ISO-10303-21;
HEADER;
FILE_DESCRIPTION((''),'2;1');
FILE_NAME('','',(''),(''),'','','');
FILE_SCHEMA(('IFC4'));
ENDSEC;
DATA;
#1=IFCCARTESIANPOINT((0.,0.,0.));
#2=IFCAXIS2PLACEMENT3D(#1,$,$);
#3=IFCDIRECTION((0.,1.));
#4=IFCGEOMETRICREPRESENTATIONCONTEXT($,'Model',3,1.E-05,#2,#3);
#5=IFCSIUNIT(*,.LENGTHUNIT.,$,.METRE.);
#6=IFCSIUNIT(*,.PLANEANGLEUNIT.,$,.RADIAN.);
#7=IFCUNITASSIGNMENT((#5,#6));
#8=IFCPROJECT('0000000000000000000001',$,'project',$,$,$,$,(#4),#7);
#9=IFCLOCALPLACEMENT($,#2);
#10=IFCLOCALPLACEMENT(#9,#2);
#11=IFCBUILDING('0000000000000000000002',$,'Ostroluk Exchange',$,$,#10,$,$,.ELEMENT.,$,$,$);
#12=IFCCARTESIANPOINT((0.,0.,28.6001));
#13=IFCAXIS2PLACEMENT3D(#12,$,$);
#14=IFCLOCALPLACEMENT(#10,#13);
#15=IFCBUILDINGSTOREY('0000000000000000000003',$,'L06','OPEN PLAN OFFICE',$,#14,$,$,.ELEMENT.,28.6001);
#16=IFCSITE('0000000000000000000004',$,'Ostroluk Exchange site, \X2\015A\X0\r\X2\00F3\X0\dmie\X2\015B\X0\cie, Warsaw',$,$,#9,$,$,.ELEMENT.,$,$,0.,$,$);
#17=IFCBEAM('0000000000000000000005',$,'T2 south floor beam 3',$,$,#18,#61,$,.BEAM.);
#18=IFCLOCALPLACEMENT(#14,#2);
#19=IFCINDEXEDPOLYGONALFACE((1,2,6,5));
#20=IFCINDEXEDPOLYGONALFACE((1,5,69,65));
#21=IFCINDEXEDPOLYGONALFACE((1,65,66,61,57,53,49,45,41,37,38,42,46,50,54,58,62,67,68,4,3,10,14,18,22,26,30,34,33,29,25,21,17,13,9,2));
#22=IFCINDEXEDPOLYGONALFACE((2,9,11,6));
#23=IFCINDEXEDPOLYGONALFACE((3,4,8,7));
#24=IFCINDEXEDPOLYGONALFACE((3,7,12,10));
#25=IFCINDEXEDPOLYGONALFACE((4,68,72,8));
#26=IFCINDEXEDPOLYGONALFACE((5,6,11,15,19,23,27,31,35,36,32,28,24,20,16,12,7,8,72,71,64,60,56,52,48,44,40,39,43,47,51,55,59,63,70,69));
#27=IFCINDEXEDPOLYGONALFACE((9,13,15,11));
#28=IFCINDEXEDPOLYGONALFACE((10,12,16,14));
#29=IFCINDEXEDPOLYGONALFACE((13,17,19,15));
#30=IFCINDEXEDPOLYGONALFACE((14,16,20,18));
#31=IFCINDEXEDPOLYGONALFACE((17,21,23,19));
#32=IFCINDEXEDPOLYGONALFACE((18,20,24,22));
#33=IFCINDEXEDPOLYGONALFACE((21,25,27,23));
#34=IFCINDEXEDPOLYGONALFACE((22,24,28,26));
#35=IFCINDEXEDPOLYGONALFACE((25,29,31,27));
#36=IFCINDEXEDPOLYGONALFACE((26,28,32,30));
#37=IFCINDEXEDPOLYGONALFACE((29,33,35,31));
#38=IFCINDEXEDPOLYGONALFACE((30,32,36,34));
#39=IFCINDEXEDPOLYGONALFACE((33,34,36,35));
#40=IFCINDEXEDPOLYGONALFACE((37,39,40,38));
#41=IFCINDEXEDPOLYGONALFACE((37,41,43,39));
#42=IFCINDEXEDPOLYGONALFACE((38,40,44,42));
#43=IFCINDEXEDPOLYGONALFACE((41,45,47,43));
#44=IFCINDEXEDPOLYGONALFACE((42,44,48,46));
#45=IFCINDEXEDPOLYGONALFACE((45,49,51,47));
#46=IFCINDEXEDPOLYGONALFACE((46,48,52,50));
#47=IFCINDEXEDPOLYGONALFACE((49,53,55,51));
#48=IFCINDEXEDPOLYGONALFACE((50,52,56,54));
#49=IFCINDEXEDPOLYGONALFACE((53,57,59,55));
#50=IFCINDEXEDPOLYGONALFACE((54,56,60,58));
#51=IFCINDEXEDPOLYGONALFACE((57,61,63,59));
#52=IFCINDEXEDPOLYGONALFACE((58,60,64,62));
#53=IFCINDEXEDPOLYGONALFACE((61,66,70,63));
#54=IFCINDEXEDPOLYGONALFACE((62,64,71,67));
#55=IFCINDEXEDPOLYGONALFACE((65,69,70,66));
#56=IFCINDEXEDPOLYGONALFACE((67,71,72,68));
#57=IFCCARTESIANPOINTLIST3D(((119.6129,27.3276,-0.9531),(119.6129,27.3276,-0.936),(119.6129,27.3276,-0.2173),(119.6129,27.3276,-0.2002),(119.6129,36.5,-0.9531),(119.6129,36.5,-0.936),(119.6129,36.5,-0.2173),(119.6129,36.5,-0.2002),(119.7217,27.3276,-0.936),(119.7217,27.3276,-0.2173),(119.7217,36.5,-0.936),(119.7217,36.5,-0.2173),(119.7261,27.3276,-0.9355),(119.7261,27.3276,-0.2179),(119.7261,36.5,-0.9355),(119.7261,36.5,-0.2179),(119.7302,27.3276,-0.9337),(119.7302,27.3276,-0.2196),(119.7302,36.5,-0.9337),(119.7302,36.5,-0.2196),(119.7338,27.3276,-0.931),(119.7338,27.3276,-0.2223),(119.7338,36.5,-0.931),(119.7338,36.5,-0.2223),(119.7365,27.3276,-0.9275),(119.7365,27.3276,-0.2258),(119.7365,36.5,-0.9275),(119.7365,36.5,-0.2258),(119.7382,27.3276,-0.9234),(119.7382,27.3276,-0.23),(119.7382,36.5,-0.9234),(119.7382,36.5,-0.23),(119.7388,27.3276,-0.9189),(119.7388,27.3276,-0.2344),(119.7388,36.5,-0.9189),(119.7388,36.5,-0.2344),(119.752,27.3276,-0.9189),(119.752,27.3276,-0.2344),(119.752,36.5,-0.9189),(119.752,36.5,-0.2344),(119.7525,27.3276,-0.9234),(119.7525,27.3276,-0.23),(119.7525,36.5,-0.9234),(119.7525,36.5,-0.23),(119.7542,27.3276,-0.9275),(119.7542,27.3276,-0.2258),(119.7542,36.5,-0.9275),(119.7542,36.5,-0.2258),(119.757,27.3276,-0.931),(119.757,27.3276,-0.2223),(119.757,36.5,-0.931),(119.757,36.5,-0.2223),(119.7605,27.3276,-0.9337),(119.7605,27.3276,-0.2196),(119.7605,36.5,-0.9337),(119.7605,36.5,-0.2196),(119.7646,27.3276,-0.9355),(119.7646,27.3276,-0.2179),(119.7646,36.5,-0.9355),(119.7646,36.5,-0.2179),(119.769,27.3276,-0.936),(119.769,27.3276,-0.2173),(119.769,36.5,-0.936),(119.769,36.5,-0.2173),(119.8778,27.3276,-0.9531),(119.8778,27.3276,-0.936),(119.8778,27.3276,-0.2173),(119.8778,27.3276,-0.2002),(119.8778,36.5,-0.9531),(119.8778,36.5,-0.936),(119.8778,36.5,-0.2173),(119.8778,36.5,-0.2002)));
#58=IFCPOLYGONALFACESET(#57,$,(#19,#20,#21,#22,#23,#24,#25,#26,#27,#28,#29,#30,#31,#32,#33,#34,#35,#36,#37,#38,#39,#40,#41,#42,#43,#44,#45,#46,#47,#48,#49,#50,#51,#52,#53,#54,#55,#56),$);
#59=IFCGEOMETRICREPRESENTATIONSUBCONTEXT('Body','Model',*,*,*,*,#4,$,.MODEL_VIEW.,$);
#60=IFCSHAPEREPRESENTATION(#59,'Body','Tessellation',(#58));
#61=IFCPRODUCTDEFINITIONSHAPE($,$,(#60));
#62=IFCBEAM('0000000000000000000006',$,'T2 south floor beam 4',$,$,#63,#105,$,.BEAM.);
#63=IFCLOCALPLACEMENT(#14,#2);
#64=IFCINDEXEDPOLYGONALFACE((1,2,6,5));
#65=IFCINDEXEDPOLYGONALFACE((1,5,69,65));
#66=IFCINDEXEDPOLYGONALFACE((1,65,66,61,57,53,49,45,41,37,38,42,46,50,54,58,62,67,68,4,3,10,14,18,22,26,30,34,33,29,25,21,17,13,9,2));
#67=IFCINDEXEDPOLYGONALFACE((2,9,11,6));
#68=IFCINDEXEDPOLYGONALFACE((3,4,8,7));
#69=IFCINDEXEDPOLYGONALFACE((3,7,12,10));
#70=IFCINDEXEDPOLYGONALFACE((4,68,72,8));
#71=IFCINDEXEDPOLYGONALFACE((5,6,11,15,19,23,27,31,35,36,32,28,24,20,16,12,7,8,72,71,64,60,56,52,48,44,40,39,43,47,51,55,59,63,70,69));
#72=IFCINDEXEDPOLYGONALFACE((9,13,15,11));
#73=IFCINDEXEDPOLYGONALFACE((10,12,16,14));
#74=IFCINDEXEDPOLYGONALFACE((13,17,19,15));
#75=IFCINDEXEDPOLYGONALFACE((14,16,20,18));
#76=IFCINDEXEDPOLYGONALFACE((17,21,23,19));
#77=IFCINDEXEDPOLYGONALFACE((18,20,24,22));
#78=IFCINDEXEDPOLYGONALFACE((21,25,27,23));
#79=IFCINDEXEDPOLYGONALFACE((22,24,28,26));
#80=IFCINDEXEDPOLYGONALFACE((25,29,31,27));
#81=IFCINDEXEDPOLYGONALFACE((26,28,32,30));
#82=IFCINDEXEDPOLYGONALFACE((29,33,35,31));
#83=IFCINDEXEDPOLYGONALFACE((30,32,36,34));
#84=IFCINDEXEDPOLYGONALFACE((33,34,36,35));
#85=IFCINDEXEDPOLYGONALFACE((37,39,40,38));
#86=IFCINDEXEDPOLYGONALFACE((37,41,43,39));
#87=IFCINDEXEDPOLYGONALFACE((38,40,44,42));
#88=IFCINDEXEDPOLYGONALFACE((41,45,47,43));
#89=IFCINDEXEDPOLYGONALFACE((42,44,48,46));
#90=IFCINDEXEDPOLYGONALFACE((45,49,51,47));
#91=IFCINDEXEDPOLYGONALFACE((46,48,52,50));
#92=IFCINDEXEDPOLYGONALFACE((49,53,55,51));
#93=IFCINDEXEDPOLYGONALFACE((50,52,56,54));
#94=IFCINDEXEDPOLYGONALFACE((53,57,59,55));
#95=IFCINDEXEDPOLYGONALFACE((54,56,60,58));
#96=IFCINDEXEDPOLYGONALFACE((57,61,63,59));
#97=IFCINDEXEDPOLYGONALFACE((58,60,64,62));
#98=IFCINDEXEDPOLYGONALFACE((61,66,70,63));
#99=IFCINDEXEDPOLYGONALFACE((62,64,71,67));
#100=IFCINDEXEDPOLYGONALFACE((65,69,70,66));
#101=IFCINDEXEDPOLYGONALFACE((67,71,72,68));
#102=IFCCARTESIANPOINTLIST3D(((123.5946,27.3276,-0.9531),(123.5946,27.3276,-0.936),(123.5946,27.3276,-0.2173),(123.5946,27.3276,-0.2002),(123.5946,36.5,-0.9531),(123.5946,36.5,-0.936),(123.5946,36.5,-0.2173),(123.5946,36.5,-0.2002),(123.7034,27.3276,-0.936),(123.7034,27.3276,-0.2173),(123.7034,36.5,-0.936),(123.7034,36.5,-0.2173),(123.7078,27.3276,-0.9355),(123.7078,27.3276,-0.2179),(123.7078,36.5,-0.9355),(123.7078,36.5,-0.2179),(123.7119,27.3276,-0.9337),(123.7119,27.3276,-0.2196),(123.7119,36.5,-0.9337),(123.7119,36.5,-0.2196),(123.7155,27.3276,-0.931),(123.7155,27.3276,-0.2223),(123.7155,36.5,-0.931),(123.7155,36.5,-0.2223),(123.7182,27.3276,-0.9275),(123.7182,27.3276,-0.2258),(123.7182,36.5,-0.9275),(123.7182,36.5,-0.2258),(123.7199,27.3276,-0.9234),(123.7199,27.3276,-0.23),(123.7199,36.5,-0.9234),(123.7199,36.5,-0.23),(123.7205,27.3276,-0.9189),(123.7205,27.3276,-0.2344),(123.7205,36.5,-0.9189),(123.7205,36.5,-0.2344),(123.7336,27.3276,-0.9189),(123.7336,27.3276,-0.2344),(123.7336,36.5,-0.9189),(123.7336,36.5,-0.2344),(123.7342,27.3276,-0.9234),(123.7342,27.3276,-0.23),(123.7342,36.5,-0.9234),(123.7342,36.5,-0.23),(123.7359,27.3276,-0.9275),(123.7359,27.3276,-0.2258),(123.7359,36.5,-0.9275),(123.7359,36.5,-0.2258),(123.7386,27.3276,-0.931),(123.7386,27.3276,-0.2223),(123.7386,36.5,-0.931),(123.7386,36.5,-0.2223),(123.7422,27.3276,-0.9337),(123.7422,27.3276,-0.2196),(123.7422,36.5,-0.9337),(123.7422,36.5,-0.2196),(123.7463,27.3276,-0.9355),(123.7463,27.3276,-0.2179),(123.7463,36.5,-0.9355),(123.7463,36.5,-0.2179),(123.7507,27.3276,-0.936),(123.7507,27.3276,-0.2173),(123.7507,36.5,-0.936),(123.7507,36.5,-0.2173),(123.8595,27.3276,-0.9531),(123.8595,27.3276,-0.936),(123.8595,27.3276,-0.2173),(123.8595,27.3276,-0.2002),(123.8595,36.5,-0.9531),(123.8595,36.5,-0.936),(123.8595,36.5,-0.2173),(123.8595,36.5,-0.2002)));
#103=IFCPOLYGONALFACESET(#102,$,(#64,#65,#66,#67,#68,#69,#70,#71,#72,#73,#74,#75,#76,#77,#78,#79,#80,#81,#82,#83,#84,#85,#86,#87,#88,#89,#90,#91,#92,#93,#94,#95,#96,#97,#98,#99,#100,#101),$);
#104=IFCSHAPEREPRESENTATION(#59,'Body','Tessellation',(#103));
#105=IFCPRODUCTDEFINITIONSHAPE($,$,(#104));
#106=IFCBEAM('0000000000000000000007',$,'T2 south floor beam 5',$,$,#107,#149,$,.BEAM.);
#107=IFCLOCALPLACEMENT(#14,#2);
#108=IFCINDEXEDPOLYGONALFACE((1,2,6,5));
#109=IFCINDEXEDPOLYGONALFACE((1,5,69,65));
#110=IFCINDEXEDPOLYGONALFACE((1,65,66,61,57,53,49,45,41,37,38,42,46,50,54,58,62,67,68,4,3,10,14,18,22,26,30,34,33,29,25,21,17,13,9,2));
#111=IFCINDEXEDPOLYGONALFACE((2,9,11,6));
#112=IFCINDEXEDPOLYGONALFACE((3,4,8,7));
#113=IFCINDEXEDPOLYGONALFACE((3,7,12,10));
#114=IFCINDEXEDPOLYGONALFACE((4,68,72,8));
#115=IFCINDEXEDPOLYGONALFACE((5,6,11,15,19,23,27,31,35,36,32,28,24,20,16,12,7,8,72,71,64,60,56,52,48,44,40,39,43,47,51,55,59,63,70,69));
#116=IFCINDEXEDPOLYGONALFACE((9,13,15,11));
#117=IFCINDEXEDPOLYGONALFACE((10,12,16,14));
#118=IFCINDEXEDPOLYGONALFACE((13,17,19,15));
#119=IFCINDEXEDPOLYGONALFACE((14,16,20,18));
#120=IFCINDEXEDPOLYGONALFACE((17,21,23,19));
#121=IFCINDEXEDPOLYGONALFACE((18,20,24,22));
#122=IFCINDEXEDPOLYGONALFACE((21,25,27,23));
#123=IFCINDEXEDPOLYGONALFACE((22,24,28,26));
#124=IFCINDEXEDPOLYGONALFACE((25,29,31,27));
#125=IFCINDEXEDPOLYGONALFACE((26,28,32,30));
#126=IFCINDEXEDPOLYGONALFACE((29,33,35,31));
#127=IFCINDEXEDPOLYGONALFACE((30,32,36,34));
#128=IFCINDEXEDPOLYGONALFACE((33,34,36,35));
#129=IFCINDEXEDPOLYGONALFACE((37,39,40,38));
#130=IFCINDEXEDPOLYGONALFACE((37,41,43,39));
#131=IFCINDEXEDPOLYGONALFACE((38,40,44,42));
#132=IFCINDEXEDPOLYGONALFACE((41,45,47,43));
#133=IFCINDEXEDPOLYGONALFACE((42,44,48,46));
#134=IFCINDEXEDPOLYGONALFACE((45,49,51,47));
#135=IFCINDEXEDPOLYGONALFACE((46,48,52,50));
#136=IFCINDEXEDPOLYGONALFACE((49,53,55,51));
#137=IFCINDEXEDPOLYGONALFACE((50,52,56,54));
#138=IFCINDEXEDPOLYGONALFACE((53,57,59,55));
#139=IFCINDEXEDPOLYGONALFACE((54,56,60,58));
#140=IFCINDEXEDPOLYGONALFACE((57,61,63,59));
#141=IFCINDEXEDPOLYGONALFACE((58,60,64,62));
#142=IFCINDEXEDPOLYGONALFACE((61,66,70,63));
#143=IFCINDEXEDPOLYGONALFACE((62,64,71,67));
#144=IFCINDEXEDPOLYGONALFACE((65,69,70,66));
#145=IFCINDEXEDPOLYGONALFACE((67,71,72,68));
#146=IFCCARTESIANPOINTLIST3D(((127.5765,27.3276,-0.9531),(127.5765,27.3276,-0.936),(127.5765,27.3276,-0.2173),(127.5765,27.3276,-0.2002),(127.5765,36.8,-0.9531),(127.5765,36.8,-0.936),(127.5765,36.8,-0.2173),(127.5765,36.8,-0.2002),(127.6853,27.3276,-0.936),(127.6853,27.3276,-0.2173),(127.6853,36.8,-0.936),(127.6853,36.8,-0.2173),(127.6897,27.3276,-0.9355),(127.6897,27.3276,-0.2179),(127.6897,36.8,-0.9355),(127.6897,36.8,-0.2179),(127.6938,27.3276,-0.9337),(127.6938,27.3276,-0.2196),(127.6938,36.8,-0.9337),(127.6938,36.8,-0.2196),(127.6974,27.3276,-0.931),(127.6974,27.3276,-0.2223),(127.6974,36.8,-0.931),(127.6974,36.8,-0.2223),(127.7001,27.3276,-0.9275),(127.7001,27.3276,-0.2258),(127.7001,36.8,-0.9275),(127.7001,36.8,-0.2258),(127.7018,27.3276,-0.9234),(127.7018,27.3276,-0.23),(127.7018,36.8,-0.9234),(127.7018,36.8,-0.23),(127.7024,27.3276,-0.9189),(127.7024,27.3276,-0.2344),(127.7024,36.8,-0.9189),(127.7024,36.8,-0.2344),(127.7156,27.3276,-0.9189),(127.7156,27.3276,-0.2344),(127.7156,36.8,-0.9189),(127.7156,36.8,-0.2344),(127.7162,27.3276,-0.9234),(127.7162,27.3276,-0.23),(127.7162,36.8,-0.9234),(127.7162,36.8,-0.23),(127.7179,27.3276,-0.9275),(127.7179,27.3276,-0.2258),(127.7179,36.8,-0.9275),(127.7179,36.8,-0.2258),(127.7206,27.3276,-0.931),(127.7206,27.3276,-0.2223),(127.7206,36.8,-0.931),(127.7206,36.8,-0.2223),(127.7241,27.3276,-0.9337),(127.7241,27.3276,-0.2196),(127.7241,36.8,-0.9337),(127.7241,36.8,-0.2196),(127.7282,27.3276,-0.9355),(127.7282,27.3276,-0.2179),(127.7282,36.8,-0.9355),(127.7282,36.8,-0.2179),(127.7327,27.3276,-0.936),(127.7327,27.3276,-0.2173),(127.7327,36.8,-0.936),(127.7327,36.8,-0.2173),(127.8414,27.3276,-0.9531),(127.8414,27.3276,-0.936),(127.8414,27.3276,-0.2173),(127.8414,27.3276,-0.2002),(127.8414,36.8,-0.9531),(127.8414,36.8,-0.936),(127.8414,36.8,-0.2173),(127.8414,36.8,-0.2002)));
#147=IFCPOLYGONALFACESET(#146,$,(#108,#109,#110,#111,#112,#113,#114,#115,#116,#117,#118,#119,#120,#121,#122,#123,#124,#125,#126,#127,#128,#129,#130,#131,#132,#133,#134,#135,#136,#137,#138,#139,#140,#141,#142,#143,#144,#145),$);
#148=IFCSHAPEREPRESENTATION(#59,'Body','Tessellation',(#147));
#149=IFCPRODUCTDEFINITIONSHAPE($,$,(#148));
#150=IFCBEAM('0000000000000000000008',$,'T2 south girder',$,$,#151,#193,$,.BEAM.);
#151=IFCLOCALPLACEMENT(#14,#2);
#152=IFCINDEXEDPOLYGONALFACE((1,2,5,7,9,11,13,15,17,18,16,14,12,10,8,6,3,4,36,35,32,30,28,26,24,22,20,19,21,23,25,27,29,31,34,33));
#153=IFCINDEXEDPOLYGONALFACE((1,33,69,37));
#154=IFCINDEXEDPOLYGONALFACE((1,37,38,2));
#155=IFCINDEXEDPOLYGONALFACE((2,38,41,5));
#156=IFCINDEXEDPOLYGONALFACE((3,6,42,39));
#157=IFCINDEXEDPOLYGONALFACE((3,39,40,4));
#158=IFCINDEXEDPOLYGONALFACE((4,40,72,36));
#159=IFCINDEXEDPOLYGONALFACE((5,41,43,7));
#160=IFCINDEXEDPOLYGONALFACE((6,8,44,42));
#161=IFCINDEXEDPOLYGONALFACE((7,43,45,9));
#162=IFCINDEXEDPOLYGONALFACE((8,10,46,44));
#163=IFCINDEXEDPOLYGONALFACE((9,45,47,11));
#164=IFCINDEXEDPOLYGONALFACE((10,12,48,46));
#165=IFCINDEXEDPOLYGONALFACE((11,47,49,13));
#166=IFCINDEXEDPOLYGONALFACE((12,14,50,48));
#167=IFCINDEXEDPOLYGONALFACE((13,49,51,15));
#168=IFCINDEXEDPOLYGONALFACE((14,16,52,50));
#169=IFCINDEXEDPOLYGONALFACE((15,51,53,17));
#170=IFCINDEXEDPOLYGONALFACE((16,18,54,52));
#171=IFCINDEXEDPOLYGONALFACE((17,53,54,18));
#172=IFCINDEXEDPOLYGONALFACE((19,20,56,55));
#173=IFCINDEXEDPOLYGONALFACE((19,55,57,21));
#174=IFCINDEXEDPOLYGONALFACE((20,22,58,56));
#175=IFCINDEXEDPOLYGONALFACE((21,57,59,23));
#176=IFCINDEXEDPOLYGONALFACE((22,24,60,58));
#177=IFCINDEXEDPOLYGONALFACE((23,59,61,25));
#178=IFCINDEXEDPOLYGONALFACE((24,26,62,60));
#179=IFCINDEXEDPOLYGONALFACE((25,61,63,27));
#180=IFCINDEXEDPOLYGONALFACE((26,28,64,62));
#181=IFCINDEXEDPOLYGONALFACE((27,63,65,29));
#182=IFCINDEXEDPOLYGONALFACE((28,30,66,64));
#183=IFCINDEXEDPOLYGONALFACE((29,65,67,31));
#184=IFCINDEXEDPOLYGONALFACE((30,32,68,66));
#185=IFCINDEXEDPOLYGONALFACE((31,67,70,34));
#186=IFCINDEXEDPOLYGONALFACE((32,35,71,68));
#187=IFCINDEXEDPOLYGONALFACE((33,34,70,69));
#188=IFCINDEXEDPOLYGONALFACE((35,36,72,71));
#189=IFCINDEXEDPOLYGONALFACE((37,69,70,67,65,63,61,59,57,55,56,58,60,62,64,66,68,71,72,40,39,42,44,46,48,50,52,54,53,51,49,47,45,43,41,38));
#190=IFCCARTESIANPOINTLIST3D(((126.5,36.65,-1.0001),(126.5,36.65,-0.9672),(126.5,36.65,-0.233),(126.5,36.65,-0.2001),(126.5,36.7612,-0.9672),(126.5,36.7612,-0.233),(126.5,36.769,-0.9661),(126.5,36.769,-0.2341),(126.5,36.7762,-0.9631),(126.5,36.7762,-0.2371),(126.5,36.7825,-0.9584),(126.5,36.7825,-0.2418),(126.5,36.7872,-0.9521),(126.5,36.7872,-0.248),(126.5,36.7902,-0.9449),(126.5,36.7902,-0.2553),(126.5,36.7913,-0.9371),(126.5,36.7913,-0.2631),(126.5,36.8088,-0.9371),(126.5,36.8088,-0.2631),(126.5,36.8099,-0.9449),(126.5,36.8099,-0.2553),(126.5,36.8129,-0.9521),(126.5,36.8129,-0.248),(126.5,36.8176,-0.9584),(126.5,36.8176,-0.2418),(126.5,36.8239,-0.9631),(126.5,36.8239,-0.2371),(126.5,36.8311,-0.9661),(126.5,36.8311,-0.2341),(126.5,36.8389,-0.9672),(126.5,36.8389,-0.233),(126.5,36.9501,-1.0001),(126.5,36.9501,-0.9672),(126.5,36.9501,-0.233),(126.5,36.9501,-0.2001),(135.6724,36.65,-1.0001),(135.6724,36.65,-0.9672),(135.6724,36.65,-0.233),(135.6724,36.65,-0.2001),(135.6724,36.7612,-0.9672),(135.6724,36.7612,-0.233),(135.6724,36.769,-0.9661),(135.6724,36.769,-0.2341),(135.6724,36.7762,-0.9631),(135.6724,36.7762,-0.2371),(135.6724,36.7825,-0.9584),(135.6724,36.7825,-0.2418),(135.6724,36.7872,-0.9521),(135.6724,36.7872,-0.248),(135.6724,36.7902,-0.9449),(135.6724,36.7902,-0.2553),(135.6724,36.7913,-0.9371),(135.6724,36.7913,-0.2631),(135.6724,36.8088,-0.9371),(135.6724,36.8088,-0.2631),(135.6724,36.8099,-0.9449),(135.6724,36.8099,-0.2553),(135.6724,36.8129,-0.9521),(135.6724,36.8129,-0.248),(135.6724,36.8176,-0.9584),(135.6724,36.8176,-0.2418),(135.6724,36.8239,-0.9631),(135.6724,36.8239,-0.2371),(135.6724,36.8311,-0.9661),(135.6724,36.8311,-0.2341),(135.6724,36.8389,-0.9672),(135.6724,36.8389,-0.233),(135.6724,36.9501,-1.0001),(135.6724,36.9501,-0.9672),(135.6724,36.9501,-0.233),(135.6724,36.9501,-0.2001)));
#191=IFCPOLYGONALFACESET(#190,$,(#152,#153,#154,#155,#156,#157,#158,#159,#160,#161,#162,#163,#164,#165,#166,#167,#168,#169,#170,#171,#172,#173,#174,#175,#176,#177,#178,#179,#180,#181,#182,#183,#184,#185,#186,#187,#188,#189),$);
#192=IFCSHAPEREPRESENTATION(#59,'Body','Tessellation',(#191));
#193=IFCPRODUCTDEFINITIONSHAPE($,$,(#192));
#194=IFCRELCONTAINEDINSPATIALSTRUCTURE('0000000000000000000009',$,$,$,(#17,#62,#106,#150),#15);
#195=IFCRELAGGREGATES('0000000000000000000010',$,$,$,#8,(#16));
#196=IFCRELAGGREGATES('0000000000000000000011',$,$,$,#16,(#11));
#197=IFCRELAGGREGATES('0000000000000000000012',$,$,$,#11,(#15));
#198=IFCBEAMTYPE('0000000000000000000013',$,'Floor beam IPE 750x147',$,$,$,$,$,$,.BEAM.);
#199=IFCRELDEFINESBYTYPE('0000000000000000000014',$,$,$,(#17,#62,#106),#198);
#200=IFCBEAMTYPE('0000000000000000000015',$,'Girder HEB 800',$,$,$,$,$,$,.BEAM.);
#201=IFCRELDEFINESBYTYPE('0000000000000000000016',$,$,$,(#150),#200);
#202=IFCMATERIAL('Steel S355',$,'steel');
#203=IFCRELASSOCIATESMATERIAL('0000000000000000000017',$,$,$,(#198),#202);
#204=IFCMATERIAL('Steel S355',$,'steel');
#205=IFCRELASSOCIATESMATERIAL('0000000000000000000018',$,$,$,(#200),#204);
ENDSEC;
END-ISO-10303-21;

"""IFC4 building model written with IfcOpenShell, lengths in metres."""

from ifc_helpers import new_model, si_unit, direction, frame, origin, origin_2d, place, context, subcontext, project, spatial, i_section, extrude, material, material_profile, profile_set, type_object, element, save


model = new_model("IFC4")

# Units and contexts
model_context = context("Model", 3, precision=1e-05, world=origin(), true_north=direction((0.0, 1.0)))
body_context = subcontext(model_context, "Body", "Model", "MODEL_VIEW")
ifc_project = project(units=[si_unit("LENGTHUNIT", "METRE"), si_unit("PLANEANGLEUNIT", "RADIAN")], contexts=[model_context])

# Site, building, storey
site_placement = place(None, origin())
site = spatial("IfcSite", under=ifc_project, at=site_placement, Name="Ostroluk Exchange site, Śródmieście, Warsaw", CompositionType="ELEMENT", RefElevation=0.0)
building_placement = place(site_placement, origin())
building = spatial("IfcBuilding", under=site, at=building_placement, Name="Ostroluk Exchange", CompositionType="ELEMENT")
storey_placement = place(building_placement, frame((0.0, 0.0, 28.6001)))
storey = spatial("IfcBuildingStorey", under=building, at=storey_placement, Name="L06", Description="OPEN PLAN OFFICE", CompositionType="ELEMENT", Elevation=28.6001)

# Beams
ifc_material_1 = material(Name="Steel S355", Category="steel")
ifc_material_profile_1 = material_profile(ifc_material_1, i_section(OverallWidth=0.2649, OverallDepth=0.7529, WebThickness=0.0132, FlangeThickness=0.0171, FilletRadius=0.0171, at=origin_2d()), Name="IPE 750x147")
ifc_profile_set_1 = profile_set([ifc_material_profile_1], Name="Steel S355")
beam_type_1 = type_object("IfcBeamType", Name="Floor beam IPE 750x147", PredefinedType="BEAM", material=ifc_profile_set_1)
for number, where, z_axis, x_axis, name in (
    (1, (119.7454, 36.5, -0.5767), (0.0, -1.0, 0.0), (1.0, 0.0, 0.0), "T2 south floor beam 3"),
    (2, (123.7271, 36.5, -0.5767), (0.0, -1.0, 0.0), (1.0, 0.0, 0.0), "T2 south floor beam 4"),
):
    element("IfcBeam", number, at=place(storey_placement, frame(where, z_axis=z_axis, x_axis=x_axis)), inside=storey, type_object=beam_type_1, Name=name, PredefinedType="BEAM", context=body_context, shape_type="SweptSolid", body=[
        extrude(i_section(OverallWidth=0.2649, OverallDepth=0.7529, WebThickness=0.0132, FlangeThickness=0.0171, FilletRadius=0.0171, at=origin_2d()), origin(), (0.0, 0.0, 1.0), 9.1724),
    ])
beam_1_placement = place(storey_placement, frame((127.709, 36.8, -0.5767), z_axis=(0.0, -1.0, 0.0), x_axis=(1.0, 0.0, 0.0)))
element("IfcBeam", 3, at=beam_1_placement, inside=storey, type_object=beam_type_1, Name="T2 south floor beam 5", PredefinedType="BEAM", context=body_context, shape_type="SweptSolid", body=[
    extrude(i_section(OverallWidth=0.2649, OverallDepth=0.7529, WebThickness=0.0132, FlangeThickness=0.0171, FilletRadius=0.0171, at=origin_2d()), origin(), (0.0, 0.0, 1.0), 9.4724),
])
ifc_material_2 = material(Name="Steel S355", Category="steel")
ifc_material_profile_2 = material_profile(ifc_material_2, i_section(OverallWidth=0.3, OverallDepth=0.8, WebThickness=0.0176, FlangeThickness=0.033, FilletRadius=0.03, at=origin_2d()), Name="HEB 800")
ifc_profile_set_2 = profile_set([ifc_material_profile_2], Name="Steel S355")
beam_type_2 = type_object("IfcBeamType", Name="Girder HEB 800", PredefinedType="BEAM", material=ifc_profile_set_2)
beam_2_placement = place(storey_placement, frame((126.5, 36.8, -0.6001), z_axis=(1.0, 0.0, 0.0), x_axis=(0.0, 1.0, 0.0)))
element("IfcBeam", 4, at=beam_2_placement, inside=storey, type_object=beam_type_2, Name="T2 south girder", PredefinedType="BEAM", context=body_context, shape_type="SweptSolid", body=[
    extrude(i_section(OverallWidth=0.3, OverallDepth=0.8, WebThickness=0.0176, FlangeThickness=0.033, FilletRadius=0.03, at=origin_2d()), origin(), (0.0, 0.0, 1.0), 9.1724),
])

save(model, "model.ifc")
